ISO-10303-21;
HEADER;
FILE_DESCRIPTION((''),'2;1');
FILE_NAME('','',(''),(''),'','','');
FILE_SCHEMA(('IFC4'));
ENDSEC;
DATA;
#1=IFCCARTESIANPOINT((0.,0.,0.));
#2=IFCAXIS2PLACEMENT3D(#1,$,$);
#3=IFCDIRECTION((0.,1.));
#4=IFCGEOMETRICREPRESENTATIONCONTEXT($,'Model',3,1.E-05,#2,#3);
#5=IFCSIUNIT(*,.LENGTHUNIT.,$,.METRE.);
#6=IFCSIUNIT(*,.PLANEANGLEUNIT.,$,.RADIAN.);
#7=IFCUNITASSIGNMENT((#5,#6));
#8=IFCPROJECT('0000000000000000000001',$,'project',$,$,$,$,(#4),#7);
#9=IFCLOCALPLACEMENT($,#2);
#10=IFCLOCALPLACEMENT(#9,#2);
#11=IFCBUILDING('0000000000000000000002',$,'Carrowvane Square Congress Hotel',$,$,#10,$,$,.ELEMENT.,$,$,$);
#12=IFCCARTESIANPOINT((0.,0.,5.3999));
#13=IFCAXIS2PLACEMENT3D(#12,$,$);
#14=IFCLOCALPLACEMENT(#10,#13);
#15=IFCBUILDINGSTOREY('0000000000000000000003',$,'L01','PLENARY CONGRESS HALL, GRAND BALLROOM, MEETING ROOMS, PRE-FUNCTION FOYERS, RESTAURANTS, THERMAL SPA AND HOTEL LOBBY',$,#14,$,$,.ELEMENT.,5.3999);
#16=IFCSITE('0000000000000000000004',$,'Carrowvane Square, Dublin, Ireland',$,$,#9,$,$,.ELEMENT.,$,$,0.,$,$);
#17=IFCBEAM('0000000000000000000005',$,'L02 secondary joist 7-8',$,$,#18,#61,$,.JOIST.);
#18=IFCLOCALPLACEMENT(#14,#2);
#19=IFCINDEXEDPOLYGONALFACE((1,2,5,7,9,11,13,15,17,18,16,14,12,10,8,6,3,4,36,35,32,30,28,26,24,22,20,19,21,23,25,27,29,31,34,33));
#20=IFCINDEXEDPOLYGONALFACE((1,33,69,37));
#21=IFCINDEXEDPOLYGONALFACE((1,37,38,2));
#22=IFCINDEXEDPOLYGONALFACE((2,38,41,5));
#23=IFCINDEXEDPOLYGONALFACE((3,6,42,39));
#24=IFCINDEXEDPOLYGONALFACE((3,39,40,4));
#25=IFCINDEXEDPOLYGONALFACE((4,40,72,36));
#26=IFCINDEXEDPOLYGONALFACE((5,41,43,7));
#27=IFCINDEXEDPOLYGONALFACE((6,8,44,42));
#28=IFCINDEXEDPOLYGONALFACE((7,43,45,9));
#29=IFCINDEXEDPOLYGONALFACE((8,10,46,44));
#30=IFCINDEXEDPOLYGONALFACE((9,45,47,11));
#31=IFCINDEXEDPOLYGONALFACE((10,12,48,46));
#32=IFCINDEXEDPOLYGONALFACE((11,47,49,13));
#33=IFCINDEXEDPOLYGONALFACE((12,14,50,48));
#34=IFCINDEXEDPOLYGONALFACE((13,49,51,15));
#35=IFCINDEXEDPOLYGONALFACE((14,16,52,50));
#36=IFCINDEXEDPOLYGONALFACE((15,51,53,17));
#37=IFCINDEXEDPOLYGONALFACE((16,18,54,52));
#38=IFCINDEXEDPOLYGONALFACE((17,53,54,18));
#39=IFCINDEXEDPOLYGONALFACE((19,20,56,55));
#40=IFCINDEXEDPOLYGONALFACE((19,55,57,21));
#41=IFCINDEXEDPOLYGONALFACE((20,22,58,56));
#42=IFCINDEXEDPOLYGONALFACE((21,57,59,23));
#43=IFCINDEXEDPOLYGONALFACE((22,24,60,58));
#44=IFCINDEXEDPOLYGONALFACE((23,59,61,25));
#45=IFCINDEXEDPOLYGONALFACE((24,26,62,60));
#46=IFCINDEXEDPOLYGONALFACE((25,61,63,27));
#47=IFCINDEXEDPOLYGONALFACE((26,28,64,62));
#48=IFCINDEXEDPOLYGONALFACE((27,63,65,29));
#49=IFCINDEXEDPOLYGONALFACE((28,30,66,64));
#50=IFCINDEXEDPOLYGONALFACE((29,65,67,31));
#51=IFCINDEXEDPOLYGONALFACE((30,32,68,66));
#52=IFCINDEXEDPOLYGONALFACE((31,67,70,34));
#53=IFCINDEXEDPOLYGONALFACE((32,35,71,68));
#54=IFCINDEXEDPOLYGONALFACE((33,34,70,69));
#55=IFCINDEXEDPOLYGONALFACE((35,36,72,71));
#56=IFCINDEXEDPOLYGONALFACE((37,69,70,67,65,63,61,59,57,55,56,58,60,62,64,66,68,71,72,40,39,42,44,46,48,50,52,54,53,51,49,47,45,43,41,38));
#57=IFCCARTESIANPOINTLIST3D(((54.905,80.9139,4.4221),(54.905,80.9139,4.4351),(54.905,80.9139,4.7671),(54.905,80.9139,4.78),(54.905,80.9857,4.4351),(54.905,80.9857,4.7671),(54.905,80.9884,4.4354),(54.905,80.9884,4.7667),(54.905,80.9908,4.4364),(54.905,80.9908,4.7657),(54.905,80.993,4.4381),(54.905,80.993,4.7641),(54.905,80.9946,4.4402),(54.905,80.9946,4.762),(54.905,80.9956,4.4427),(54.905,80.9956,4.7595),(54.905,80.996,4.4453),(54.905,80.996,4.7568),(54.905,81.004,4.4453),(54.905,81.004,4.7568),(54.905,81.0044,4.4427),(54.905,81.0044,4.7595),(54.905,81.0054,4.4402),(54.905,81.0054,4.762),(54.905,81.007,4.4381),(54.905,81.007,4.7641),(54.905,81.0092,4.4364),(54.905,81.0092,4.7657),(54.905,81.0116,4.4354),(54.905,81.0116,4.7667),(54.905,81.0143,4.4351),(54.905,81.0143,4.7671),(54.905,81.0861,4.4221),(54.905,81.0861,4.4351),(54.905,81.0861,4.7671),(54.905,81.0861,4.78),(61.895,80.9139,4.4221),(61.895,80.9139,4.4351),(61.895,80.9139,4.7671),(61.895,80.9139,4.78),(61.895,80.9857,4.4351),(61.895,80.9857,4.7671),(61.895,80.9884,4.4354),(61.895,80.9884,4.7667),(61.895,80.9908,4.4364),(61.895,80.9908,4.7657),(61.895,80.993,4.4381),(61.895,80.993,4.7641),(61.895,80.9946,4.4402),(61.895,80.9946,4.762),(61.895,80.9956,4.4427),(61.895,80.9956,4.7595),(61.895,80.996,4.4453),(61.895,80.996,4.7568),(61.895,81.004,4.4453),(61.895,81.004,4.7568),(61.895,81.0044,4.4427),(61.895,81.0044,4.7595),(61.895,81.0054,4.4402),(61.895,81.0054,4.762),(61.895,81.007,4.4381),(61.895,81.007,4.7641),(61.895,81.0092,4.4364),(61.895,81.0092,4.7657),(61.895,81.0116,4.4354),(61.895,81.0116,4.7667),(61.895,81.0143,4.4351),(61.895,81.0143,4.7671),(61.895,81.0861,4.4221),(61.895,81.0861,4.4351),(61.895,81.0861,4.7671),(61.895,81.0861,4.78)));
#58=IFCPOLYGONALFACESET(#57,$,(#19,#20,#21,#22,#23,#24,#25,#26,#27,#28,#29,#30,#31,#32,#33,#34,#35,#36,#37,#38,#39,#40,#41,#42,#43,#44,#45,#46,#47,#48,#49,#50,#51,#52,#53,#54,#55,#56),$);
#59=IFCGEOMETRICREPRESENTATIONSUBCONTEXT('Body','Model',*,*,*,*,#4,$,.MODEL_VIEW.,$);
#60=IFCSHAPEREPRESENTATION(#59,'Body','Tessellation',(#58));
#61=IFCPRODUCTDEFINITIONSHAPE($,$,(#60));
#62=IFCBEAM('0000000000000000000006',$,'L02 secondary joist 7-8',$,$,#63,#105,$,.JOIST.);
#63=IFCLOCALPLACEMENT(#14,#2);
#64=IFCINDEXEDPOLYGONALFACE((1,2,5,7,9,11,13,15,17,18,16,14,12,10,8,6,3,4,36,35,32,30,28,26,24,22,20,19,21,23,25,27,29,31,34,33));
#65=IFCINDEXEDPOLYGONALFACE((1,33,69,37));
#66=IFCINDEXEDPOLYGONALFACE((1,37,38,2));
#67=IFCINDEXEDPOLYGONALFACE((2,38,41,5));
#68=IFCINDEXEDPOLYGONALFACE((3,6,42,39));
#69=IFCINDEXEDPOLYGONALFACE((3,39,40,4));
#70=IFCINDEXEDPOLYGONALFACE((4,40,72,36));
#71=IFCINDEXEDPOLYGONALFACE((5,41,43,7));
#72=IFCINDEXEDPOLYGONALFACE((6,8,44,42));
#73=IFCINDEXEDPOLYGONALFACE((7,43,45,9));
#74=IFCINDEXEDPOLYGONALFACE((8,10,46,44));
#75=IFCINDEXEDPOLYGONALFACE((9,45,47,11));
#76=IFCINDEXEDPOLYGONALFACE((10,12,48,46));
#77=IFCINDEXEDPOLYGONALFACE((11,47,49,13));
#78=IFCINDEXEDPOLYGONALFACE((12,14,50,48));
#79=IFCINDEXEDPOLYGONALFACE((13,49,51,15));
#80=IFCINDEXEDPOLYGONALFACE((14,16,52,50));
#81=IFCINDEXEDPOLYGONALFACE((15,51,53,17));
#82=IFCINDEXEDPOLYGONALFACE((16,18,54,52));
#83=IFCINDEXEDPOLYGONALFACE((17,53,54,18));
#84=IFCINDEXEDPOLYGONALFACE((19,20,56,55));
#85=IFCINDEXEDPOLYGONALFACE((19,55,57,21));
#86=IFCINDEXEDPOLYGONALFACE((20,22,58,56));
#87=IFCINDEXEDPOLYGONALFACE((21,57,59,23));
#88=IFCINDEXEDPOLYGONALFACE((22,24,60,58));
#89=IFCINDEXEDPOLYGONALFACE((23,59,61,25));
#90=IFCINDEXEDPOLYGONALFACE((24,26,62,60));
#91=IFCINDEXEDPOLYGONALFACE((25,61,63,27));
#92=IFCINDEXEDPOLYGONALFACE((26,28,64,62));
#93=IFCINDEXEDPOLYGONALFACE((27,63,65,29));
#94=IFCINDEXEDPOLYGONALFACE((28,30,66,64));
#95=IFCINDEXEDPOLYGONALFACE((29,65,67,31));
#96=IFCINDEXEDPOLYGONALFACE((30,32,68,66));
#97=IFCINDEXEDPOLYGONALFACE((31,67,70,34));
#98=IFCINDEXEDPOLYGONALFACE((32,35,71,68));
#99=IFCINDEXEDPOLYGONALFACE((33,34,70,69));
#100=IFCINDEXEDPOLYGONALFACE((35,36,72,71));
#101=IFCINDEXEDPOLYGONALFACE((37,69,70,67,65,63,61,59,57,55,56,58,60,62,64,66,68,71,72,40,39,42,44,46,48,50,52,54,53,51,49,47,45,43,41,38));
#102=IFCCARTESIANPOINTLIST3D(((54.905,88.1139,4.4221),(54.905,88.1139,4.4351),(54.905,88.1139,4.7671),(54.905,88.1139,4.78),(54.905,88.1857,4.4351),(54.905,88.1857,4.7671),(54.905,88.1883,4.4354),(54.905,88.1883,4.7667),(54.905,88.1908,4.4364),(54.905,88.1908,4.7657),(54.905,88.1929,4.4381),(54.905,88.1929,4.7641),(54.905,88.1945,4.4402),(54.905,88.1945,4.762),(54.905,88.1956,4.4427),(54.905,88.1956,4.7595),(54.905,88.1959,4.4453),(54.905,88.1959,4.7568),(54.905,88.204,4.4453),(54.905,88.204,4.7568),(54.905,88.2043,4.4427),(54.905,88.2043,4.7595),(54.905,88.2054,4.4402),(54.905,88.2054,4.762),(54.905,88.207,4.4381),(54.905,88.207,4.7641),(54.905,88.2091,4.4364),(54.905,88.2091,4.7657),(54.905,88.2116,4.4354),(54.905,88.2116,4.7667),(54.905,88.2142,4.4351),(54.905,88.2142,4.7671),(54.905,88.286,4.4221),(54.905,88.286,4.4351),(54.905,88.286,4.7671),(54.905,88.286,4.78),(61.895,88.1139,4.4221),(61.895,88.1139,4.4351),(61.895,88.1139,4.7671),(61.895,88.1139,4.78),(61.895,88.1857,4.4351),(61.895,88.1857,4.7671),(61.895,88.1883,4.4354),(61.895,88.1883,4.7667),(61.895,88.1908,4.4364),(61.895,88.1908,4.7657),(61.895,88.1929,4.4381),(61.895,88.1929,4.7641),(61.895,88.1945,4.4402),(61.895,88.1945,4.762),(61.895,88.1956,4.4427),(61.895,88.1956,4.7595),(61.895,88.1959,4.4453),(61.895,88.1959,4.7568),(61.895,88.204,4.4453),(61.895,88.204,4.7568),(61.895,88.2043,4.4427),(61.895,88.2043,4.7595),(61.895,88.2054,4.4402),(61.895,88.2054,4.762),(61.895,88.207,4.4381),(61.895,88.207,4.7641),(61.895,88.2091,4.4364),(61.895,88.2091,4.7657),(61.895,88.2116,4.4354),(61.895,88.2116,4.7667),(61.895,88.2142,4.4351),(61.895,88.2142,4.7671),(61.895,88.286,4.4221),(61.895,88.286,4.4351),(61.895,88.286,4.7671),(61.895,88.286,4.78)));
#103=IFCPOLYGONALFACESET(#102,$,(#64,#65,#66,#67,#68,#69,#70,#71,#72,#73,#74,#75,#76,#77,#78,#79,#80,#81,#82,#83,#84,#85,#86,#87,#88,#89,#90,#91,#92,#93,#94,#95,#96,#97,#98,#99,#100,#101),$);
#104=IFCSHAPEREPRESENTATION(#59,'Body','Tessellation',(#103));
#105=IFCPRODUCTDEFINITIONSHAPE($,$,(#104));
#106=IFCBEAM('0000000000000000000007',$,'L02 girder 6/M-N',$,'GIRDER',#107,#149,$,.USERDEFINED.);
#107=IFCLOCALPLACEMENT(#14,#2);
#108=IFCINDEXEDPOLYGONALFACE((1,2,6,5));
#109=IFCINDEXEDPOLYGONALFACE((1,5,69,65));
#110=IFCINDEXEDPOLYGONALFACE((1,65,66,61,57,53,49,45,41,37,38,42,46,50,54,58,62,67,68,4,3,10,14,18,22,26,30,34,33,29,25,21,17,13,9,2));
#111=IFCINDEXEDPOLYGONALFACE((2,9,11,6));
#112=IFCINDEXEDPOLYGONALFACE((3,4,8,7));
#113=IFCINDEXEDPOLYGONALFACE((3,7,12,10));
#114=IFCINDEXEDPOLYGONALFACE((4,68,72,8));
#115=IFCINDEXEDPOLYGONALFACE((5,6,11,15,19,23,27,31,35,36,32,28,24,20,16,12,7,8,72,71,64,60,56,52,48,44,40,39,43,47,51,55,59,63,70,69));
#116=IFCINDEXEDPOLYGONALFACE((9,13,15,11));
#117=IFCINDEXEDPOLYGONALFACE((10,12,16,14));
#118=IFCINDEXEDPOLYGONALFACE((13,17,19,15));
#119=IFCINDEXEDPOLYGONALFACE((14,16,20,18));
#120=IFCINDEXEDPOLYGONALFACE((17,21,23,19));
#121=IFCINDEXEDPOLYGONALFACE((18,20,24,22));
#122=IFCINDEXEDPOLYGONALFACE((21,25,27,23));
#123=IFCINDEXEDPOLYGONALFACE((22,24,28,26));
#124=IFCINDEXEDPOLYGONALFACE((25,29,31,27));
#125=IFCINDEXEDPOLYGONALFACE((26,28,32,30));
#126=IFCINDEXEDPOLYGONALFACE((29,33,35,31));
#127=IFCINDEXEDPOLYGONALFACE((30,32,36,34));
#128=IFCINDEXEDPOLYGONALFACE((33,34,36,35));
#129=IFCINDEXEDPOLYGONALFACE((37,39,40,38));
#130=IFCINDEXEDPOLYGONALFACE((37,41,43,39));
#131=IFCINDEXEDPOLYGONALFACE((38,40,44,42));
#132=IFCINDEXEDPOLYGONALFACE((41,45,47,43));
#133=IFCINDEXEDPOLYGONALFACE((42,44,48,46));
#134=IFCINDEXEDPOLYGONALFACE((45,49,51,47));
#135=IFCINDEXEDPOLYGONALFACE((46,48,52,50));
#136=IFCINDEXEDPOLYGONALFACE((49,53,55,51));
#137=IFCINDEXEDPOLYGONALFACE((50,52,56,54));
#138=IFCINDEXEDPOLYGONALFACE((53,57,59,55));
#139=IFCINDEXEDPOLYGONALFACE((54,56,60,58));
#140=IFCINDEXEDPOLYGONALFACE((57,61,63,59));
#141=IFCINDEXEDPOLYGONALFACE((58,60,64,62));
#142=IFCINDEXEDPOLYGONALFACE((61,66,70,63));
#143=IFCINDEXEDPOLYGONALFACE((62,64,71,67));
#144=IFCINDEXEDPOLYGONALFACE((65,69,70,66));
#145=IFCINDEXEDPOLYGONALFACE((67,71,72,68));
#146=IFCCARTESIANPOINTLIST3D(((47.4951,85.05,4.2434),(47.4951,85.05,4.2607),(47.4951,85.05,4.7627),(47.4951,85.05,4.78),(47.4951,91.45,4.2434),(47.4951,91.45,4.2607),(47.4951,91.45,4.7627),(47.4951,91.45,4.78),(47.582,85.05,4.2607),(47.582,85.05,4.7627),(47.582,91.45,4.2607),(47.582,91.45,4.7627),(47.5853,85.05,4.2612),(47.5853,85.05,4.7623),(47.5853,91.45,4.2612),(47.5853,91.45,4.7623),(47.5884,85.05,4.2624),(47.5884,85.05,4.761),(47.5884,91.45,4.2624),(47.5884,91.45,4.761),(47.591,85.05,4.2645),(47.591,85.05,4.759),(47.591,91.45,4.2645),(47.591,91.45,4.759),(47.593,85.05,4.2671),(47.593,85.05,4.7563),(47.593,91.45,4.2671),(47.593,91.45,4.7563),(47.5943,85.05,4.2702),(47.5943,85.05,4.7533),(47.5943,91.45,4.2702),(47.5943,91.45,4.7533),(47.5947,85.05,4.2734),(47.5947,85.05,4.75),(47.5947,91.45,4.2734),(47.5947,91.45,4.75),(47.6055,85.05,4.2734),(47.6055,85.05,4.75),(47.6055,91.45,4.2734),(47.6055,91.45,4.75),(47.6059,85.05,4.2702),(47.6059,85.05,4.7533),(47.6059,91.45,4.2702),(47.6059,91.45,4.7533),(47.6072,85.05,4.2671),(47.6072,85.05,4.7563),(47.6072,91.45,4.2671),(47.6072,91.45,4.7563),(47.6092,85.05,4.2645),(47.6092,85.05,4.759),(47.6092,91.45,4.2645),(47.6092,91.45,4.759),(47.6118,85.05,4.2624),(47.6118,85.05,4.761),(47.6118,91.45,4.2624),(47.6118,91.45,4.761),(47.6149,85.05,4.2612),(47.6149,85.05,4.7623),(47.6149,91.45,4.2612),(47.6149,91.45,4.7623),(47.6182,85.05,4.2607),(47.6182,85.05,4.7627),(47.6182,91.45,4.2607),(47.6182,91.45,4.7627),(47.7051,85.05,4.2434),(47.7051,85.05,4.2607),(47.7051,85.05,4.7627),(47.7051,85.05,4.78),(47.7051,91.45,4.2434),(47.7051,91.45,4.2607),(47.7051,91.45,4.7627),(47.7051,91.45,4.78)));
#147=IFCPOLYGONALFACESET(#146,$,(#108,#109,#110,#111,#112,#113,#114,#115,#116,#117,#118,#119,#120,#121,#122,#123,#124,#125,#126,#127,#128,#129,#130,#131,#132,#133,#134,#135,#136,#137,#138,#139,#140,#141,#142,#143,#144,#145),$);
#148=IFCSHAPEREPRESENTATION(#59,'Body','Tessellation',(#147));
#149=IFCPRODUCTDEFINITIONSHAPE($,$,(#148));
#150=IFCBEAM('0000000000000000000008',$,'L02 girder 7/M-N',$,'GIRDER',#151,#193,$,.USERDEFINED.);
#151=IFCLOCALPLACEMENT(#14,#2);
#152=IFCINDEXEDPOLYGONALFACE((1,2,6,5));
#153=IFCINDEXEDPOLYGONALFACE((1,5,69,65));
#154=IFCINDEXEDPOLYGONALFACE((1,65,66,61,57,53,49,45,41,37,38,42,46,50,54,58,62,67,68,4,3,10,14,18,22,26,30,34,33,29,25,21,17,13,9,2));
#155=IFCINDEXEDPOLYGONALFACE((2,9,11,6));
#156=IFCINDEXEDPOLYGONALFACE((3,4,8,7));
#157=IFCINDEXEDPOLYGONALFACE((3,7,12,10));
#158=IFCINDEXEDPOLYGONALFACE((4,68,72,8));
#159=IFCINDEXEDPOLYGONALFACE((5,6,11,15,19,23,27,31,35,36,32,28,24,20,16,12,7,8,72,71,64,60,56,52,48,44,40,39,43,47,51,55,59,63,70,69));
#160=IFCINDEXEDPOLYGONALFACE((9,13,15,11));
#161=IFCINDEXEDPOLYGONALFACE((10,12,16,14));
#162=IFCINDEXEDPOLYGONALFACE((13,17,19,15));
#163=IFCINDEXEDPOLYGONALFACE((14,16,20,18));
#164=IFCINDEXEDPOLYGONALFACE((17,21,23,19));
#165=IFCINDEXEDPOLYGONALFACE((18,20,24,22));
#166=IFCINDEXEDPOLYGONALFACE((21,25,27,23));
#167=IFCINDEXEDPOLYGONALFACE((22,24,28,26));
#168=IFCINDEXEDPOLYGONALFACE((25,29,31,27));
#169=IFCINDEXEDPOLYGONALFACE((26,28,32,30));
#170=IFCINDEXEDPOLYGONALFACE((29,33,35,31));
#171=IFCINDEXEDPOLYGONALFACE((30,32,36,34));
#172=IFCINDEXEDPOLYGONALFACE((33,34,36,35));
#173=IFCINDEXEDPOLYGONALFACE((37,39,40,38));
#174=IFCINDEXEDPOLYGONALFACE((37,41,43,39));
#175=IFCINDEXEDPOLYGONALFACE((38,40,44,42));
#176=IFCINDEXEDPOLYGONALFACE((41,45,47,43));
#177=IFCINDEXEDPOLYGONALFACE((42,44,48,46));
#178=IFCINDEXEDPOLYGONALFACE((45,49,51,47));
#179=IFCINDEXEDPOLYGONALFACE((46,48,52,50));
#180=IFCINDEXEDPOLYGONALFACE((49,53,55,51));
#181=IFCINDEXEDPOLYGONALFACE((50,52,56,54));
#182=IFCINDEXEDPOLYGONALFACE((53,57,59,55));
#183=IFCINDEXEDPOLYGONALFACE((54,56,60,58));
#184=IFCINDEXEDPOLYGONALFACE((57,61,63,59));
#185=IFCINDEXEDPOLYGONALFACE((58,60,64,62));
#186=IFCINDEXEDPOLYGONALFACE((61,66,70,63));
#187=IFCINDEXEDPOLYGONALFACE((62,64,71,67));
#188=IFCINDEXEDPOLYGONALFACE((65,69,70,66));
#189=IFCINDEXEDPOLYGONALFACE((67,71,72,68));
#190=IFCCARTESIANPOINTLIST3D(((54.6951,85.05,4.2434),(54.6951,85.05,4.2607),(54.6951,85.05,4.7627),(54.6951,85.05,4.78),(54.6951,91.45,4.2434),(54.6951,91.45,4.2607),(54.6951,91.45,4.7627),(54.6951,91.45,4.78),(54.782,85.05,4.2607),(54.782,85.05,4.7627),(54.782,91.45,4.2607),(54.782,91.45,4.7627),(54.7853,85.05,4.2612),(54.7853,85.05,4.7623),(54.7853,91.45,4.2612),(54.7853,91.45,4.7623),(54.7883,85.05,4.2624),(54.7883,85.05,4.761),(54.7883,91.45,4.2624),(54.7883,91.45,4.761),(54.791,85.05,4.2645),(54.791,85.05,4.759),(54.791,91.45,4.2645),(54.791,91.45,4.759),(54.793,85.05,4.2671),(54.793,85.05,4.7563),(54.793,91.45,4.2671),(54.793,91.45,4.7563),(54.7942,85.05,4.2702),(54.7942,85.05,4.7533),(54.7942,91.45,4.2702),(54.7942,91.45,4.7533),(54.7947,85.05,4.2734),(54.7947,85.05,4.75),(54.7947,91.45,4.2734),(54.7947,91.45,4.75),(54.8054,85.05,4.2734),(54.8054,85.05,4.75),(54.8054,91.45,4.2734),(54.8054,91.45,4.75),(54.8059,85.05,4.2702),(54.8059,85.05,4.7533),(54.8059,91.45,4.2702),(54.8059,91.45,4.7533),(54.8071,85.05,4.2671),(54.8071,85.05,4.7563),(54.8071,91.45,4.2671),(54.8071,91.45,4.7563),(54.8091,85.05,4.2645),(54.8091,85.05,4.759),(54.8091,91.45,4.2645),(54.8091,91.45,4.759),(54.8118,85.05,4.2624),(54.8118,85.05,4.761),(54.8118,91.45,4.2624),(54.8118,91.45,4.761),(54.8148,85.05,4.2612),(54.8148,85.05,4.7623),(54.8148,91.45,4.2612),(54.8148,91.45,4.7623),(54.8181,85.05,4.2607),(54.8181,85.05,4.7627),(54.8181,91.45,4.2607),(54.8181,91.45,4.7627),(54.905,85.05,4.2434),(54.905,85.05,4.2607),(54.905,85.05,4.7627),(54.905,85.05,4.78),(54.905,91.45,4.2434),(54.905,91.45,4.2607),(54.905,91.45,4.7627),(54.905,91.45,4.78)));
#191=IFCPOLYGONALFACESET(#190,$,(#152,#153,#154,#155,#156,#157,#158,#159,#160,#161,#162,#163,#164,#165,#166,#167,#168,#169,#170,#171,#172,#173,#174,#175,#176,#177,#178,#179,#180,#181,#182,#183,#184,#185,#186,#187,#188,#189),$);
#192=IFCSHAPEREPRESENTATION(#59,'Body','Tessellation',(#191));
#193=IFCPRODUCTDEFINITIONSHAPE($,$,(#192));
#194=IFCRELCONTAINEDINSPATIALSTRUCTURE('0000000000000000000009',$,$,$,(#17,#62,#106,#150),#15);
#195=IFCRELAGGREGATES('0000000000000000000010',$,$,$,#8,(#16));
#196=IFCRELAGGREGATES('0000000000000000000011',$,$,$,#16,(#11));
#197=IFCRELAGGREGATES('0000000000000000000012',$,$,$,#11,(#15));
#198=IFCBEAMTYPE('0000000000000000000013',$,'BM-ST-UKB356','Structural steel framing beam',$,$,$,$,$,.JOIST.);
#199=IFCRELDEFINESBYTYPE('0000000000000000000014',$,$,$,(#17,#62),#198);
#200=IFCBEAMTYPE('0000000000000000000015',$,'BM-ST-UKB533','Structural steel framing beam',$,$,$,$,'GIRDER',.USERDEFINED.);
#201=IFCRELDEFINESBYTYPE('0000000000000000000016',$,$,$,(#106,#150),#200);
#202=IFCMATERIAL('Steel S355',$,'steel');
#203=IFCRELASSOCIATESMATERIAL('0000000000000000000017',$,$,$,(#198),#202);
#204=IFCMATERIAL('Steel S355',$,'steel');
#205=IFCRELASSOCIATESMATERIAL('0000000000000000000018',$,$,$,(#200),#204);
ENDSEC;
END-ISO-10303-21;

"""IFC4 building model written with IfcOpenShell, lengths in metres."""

from ifc_helpers import new_model, si_unit, direction, frame, origin, origin_2d, place, context, subcontext, project, spatial, i_section, extrude, material, material_profile, profile_set, type_object, element, save


model = new_model("IFC4")

# Units and contexts
model_context = context("Model", 3, precision=1e-05, world=origin(), true_north=direction((0.0, 1.0)))
body_context = subcontext(model_context, "Body", "Model", "MODEL_VIEW")
ifc_project = project(units=[si_unit("LENGTHUNIT", "METRE"), si_unit("PLANEANGLEUNIT", "RADIAN")], contexts=[model_context])

# Site, building, storey
site_placement = place(None, origin())
site = spatial("IfcSite", under=ifc_project, at=site_placement, Name="Carrowvane Square, Dublin, Ireland", CompositionType="ELEMENT", RefElevation=0.0)
building_placement = place(site_placement, origin())
building = spatial("IfcBuilding", under=site, at=building_placement, Name="Carrowvane Square Congress Hotel", CompositionType="ELEMENT")
storey_placement = place(building_placement, frame((0.0, 0.0, 5.3999)))
storey = spatial("IfcBuildingStorey", under=building, at=storey_placement, Name="L01", Description="PLENARY CONGRESS HALL, GRAND BALLROOM, MEETING ROOMS, PRE-FUNCTION FOYERS, RESTAURANTS, THERMAL SPA AND HOTEL LOBBY", CompositionType="ELEMENT", Elevation=5.3999)

# Beams
ifc_material_1 = material(Name="Steel S355", Category="steel")
ifc_material_profile_1 = material_profile(ifc_material_1, i_section(OverallWidth=0.1721, OverallDepth=0.3579, WebThickness=0.0081, FlangeThickness=0.0129, FilletRadius=0.0103, at=origin_2d()), Name="UKB 356x171x57")
ifc_profile_set_1 = profile_set([ifc_material_profile_1], Name="Steel S355")
beam_type_1 = type_object("IfcBeamType", Name="BM-ST-UKB356", Description="Structural steel framing beam", PredefinedType="JOIST", material=ifc_profile_set_1)
for number, where, z_axis, x_axis, name in (
    (1, (54.905, 81.0, 4.6011), (1.0, 0.0, 0.0), (0.0, 1.0, 0.0), "L02 secondary joist 7-8"),
    (2, (54.905, 88.2, 4.6011), (1.0, 0.0, 0.0), (0.0, 1.0, 0.0), "L02 secondary joist 7-8"),
):
    element("IfcBeam", number, at=place(storey_placement, frame(where, z_axis=z_axis, x_axis=x_axis)), inside=storey, type_object=beam_type_1, Name=name, PredefinedType="JOIST", context=body_context, shape_type="SweptSolid", body=[
        extrude(i_section(OverallWidth=0.1721, OverallDepth=0.3579, WebThickness=0.0081, FlangeThickness=0.0129, FilletRadius=0.0103, at=origin_2d()), origin(), (0.0, 0.0, 1.0), 6.99),
    ])
ifc_material_2 = material(Name="Steel S355", Category="steel")
ifc_material_profile_2 = material_profile(ifc_material_2, i_section(OverallWidth=0.21, OverallDepth=0.5366, WebThickness=0.0107, FlangeThickness=0.0173, FilletRadius=0.0127, at=origin_2d()), Name="UKB 533x210x101")
ifc_profile_set_2 = profile_set([ifc_material_profile_2], Name="Steel S355")
beam_type_2 = type_object("IfcBeamType", Name="BM-ST-UKB533", Description="Structural steel framing beam", ElementType="GIRDER", PredefinedType="USERDEFINED", material=ifc_profile_set_2)
for number, where, z_axis, x_axis, name in (
    (3, (47.6001, 85.05, 4.5117), (0.0, 1.0, 0.0), (-1.0, 0.0, 0.0), "L02 girder 6/M-N"),
    (4, (54.8, 85.05, 4.5117), (0.0, 1.0, 0.0), (-1.0, 0.0, 0.0), "L02 girder 7/M-N"),
):
    element("IfcBeam", number, at=place(storey_placement, frame(where, z_axis=z_axis, x_axis=x_axis)), inside=storey, type_object=beam_type_2, Name=name, ObjectType="GIRDER", PredefinedType="USERDEFINED", context=body_context, shape_type="SweptSolid", body=[
        extrude(i_section(OverallWidth=0.21, OverallDepth=0.5366, WebThickness=0.0107, FlangeThickness=0.0173, FilletRadius=0.0127, at=origin_2d()), origin(), (0.0, 0.0, 1.0), 6.3999),
    ])

save(model, "model.ifc")
